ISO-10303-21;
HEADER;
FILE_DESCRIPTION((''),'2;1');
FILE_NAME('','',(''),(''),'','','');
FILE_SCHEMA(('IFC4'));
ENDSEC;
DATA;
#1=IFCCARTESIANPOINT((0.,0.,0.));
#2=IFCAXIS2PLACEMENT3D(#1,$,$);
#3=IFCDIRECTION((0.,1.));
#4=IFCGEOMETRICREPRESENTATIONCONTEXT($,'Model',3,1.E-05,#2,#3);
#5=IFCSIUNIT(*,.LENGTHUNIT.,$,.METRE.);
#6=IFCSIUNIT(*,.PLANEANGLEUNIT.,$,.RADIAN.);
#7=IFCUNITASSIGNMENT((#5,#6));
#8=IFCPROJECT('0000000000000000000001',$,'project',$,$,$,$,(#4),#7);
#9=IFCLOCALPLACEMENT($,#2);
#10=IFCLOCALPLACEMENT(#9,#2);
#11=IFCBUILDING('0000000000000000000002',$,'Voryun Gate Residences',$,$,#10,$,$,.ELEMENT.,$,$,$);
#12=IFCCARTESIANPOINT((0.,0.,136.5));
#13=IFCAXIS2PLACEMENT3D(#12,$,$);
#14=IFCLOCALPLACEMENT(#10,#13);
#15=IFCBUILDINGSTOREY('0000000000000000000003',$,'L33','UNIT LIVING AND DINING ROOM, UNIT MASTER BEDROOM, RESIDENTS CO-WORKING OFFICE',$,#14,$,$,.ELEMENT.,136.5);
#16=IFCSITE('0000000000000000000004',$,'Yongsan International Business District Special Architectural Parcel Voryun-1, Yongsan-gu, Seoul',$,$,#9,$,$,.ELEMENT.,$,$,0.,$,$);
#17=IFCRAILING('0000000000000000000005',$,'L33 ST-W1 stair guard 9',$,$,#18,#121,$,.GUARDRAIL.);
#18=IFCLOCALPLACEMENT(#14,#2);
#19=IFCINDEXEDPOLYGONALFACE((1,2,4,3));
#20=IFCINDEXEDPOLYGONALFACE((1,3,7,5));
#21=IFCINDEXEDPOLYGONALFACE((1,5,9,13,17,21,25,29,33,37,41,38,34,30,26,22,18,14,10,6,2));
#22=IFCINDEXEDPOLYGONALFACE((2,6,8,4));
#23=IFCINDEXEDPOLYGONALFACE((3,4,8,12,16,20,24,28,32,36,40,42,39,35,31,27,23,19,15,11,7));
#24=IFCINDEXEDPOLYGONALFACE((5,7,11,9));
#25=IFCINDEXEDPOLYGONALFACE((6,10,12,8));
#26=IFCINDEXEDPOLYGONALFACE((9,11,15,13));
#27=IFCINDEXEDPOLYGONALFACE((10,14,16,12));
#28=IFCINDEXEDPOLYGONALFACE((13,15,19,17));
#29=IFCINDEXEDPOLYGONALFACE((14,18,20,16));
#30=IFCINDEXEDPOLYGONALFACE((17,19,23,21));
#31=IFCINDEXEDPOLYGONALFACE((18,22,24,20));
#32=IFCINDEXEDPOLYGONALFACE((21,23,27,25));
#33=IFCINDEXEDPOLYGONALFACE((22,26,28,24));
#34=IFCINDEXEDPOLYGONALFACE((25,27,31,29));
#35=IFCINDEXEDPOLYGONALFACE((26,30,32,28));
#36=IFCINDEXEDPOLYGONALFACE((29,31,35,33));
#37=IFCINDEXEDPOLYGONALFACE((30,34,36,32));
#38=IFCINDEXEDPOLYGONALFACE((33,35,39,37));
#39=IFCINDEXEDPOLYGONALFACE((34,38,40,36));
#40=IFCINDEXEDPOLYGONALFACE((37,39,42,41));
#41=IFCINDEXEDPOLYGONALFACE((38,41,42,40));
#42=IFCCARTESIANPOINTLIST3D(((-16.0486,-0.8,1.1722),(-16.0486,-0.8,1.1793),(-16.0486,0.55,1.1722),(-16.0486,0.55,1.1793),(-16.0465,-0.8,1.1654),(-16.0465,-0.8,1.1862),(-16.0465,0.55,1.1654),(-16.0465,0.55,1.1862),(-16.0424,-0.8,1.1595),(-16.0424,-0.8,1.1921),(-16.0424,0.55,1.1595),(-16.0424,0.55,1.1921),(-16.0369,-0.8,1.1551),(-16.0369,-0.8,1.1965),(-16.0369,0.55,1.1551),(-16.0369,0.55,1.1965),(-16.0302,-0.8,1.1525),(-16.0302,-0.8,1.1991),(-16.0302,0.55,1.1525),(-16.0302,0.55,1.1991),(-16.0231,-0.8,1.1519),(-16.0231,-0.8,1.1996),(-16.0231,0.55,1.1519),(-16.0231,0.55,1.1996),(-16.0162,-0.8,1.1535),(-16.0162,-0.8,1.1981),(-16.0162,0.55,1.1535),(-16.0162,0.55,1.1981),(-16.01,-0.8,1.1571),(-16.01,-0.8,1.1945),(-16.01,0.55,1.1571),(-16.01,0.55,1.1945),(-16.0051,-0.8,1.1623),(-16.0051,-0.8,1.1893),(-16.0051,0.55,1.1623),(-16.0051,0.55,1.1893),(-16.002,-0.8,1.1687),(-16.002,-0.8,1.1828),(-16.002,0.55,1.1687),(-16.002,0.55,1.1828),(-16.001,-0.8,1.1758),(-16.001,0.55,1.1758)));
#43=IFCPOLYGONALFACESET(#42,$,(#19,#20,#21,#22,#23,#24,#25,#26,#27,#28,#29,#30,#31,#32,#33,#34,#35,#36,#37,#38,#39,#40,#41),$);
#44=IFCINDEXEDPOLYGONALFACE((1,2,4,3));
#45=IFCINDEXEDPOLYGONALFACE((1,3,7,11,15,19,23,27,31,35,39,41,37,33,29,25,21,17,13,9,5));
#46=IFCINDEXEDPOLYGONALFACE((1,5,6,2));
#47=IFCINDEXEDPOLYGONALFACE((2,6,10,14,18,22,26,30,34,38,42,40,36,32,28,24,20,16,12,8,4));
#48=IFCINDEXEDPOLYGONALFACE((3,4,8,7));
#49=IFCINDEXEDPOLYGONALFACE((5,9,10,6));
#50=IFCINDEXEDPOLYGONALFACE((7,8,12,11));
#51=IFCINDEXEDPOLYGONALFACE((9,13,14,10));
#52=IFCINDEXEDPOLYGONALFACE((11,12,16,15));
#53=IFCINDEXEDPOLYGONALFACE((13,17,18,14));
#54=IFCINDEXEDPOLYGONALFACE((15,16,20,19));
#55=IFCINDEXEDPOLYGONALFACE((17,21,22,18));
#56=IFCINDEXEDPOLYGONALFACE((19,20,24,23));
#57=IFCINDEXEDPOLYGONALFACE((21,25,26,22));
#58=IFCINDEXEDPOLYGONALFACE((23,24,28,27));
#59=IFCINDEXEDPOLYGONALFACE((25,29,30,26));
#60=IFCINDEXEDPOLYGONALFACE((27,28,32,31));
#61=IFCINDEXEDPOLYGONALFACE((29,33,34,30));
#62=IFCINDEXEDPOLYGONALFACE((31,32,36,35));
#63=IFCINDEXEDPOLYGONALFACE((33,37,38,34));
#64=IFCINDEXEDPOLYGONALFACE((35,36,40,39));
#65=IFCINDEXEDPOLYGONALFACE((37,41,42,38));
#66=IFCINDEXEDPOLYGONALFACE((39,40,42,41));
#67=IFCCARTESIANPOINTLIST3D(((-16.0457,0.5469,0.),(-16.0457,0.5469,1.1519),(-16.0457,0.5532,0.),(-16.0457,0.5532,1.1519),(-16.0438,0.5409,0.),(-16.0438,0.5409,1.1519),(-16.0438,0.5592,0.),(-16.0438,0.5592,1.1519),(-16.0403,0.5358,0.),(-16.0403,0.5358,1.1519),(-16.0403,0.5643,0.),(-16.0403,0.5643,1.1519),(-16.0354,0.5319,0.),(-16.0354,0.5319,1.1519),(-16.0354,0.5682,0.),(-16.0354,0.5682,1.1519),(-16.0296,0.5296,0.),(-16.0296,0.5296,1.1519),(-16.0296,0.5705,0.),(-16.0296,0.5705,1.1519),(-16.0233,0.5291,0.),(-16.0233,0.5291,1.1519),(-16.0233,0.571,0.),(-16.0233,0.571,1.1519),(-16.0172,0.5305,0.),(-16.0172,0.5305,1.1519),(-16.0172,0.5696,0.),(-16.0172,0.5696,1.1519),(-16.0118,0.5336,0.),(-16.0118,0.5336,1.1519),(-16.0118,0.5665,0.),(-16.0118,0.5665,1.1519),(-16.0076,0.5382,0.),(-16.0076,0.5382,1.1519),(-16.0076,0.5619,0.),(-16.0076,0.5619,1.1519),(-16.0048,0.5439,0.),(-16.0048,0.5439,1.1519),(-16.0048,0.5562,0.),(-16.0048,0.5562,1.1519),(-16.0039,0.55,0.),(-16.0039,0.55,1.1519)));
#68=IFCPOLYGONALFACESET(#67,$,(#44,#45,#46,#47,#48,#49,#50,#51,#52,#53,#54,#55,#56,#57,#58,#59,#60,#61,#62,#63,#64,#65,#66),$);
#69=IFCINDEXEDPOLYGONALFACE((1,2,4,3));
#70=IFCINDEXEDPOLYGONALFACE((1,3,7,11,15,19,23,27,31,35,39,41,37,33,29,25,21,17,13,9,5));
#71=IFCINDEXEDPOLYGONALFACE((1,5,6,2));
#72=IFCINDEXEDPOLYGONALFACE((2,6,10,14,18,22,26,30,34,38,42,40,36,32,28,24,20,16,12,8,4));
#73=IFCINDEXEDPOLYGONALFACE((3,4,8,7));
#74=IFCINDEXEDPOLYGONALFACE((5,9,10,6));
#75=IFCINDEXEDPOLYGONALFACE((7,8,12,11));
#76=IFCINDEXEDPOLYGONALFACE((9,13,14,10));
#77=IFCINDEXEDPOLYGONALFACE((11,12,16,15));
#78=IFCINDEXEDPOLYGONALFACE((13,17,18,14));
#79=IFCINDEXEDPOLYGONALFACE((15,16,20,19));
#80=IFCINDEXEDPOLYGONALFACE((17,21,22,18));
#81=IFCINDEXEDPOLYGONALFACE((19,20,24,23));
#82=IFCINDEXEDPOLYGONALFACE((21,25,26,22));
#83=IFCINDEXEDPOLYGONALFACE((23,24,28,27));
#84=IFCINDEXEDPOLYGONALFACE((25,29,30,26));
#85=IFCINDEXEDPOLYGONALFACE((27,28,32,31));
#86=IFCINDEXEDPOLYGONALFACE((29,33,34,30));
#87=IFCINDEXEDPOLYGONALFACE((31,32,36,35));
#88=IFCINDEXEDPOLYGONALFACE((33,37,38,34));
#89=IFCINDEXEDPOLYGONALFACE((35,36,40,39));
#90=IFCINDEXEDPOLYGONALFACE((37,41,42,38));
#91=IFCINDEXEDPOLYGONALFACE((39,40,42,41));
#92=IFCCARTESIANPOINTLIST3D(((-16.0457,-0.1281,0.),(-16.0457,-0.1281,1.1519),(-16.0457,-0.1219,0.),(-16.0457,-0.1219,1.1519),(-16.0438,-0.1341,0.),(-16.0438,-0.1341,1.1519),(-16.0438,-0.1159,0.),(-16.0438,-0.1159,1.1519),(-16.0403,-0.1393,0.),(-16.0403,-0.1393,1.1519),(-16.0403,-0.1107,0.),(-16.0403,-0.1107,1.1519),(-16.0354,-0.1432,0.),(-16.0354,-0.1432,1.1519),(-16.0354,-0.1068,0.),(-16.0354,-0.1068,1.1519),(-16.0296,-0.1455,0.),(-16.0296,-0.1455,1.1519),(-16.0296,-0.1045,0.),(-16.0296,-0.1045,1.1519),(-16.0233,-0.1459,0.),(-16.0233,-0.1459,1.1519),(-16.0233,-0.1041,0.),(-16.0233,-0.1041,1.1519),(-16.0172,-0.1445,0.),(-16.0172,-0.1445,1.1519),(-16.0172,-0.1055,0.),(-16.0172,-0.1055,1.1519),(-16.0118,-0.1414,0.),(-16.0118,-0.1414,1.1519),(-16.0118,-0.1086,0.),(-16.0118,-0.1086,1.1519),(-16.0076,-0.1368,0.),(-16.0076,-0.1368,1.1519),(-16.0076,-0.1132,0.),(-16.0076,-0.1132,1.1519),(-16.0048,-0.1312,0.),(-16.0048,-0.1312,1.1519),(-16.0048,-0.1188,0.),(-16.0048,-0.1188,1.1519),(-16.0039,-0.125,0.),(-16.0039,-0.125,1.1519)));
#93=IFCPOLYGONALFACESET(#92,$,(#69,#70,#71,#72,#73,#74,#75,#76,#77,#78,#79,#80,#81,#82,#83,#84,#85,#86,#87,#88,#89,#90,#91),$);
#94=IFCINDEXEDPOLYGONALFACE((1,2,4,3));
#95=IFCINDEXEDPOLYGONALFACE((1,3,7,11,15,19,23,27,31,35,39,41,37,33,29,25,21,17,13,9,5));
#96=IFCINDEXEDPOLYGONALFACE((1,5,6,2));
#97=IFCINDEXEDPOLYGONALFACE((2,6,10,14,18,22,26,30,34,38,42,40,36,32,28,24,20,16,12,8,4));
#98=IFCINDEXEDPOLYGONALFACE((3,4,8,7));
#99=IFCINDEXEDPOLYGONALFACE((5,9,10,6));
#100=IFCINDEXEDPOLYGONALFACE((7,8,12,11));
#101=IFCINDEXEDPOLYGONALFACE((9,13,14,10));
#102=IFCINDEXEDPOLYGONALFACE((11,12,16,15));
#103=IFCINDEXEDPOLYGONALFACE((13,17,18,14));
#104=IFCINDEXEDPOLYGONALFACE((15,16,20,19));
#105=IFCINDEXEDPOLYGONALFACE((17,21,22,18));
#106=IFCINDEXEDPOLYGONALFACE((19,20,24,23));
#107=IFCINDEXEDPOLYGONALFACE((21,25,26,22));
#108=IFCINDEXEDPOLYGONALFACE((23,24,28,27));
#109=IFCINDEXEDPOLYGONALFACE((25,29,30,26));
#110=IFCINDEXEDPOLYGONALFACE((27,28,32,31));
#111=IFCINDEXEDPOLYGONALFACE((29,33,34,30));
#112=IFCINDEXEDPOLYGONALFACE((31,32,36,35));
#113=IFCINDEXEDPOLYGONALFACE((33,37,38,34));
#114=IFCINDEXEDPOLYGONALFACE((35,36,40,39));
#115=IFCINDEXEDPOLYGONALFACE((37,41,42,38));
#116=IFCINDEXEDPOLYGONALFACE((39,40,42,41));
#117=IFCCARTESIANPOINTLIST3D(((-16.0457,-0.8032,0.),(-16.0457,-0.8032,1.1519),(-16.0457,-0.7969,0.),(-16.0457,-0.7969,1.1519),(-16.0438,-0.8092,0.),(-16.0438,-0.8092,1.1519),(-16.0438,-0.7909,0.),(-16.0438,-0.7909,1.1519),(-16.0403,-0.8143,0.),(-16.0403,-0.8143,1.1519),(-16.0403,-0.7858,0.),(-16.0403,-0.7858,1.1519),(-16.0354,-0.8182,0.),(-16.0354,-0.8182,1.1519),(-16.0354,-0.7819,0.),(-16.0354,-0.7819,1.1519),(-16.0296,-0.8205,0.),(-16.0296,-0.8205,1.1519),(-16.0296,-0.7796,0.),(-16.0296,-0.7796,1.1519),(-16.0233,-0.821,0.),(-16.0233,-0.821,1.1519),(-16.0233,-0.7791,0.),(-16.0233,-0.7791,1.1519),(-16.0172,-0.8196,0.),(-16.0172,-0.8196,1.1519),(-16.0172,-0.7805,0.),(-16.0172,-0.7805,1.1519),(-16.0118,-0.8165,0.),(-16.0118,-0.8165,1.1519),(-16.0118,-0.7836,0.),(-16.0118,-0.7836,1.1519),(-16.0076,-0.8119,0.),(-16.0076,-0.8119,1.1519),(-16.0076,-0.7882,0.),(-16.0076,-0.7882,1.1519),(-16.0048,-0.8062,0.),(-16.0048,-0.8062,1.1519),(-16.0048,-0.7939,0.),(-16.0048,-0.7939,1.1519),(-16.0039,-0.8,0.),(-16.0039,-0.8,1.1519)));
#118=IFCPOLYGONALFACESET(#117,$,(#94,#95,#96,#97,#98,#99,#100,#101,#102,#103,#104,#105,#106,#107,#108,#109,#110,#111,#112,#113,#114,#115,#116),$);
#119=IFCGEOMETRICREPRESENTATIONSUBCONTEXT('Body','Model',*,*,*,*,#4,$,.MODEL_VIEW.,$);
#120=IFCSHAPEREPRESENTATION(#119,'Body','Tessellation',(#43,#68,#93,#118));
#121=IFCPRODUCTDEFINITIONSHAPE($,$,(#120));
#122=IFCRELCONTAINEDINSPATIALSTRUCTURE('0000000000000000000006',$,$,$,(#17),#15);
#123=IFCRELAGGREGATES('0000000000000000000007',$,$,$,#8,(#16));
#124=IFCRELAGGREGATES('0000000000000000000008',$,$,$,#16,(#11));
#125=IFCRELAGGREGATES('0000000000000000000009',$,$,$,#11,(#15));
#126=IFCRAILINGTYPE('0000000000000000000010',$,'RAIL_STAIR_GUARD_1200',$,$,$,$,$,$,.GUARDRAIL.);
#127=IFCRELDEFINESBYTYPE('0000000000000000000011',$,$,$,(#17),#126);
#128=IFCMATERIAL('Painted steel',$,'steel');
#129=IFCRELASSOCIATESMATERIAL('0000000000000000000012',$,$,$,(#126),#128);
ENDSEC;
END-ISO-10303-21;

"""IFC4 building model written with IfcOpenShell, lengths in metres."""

from ifc_helpers import new_model, si_unit, direction, frame, origin, origin_2d, place, context, subcontext, project, spatial, circle, extrude, material, type_object, element, save


model = new_model("IFC4")

# Units and contexts
model_context = context("Model", 3, precision=1e-05, world=origin(), true_north=direction((0.0, 1.0)))
body_context = subcontext(model_context, "Body", "Model", "MODEL_VIEW")
ifc_project = project(units=[si_unit("LENGTHUNIT", "METRE"), si_unit("PLANEANGLEUNIT", "RADIAN")], contexts=[model_context])

# Site, building, storey
site_placement = place(None, origin())
site = spatial("IfcSite", under=ifc_project, at=site_placement, Name="Yongsan International Business District Special Architectural Parcel Voryun-1, Yongsan-gu, Seoul", CompositionType="ELEMENT", RefElevation=0.0)
building_placement = place(site_placement, origin())
building = spatial("IfcBuilding", under=site, at=building_placement, Name="Voryun Gate Residences", CompositionType="ELEMENT")
storey_placement = place(building_placement, frame((0.0, 0.0, 136.5)))
storey = spatial("IfcBuildingStorey", under=building, at=storey_placement, Name="L33", Description="UNIT LIVING AND DINING ROOM, UNIT MASTER BEDROOM, RESIDENTS CO-WORKING OFFICE", CompositionType="ELEMENT", Elevation=136.5)

# Railing
ifc_material_1 = material(Name="Painted steel", Category="steel")
railing_type = type_object("IfcRailingType", Name="RAIL_STAIR_GUARD_1200", PredefinedType="GUARDRAIL", material=ifc_material_1)
for number, where, name in (
    (1, (-16.0249, 0.55, 0.0), "L33 ST-W1 stair guard 9"),
):
    element("IfcRailing", number, at=place(storey_placement, frame(where)), inside=storey, type_object=railing_type, Name=name, PredefinedType="GUARDRAIL", context=body_context, shape_type="SweptSolid", body=[
        extrude(circle(Radius=0.0239, at=origin_2d()), frame((0.0, 0.0, 1.1758), z_axis=(0.0, -1.0, 0.0), x_axis=(1.0, 0.0, 0.0)), (0.0, 0.0, 1.0), 1.3501),
        extrude(circle(Radius=0.021, at=origin_2d()), origin(), (0.0, 0.0, 1.0), 1.1519),
        extrude(circle(Radius=0.021, at=origin_2d()), frame((0.0, -0.675, 0.0)), (0.0, 0.0, 1.0), 1.1519),
        extrude(circle(Radius=0.021, at=origin_2d()), frame((0.0, -1.3501, 0.0)), (0.0, 0.0, 1.0), 1.1519),
    ])

save(model, "model.ifc")
